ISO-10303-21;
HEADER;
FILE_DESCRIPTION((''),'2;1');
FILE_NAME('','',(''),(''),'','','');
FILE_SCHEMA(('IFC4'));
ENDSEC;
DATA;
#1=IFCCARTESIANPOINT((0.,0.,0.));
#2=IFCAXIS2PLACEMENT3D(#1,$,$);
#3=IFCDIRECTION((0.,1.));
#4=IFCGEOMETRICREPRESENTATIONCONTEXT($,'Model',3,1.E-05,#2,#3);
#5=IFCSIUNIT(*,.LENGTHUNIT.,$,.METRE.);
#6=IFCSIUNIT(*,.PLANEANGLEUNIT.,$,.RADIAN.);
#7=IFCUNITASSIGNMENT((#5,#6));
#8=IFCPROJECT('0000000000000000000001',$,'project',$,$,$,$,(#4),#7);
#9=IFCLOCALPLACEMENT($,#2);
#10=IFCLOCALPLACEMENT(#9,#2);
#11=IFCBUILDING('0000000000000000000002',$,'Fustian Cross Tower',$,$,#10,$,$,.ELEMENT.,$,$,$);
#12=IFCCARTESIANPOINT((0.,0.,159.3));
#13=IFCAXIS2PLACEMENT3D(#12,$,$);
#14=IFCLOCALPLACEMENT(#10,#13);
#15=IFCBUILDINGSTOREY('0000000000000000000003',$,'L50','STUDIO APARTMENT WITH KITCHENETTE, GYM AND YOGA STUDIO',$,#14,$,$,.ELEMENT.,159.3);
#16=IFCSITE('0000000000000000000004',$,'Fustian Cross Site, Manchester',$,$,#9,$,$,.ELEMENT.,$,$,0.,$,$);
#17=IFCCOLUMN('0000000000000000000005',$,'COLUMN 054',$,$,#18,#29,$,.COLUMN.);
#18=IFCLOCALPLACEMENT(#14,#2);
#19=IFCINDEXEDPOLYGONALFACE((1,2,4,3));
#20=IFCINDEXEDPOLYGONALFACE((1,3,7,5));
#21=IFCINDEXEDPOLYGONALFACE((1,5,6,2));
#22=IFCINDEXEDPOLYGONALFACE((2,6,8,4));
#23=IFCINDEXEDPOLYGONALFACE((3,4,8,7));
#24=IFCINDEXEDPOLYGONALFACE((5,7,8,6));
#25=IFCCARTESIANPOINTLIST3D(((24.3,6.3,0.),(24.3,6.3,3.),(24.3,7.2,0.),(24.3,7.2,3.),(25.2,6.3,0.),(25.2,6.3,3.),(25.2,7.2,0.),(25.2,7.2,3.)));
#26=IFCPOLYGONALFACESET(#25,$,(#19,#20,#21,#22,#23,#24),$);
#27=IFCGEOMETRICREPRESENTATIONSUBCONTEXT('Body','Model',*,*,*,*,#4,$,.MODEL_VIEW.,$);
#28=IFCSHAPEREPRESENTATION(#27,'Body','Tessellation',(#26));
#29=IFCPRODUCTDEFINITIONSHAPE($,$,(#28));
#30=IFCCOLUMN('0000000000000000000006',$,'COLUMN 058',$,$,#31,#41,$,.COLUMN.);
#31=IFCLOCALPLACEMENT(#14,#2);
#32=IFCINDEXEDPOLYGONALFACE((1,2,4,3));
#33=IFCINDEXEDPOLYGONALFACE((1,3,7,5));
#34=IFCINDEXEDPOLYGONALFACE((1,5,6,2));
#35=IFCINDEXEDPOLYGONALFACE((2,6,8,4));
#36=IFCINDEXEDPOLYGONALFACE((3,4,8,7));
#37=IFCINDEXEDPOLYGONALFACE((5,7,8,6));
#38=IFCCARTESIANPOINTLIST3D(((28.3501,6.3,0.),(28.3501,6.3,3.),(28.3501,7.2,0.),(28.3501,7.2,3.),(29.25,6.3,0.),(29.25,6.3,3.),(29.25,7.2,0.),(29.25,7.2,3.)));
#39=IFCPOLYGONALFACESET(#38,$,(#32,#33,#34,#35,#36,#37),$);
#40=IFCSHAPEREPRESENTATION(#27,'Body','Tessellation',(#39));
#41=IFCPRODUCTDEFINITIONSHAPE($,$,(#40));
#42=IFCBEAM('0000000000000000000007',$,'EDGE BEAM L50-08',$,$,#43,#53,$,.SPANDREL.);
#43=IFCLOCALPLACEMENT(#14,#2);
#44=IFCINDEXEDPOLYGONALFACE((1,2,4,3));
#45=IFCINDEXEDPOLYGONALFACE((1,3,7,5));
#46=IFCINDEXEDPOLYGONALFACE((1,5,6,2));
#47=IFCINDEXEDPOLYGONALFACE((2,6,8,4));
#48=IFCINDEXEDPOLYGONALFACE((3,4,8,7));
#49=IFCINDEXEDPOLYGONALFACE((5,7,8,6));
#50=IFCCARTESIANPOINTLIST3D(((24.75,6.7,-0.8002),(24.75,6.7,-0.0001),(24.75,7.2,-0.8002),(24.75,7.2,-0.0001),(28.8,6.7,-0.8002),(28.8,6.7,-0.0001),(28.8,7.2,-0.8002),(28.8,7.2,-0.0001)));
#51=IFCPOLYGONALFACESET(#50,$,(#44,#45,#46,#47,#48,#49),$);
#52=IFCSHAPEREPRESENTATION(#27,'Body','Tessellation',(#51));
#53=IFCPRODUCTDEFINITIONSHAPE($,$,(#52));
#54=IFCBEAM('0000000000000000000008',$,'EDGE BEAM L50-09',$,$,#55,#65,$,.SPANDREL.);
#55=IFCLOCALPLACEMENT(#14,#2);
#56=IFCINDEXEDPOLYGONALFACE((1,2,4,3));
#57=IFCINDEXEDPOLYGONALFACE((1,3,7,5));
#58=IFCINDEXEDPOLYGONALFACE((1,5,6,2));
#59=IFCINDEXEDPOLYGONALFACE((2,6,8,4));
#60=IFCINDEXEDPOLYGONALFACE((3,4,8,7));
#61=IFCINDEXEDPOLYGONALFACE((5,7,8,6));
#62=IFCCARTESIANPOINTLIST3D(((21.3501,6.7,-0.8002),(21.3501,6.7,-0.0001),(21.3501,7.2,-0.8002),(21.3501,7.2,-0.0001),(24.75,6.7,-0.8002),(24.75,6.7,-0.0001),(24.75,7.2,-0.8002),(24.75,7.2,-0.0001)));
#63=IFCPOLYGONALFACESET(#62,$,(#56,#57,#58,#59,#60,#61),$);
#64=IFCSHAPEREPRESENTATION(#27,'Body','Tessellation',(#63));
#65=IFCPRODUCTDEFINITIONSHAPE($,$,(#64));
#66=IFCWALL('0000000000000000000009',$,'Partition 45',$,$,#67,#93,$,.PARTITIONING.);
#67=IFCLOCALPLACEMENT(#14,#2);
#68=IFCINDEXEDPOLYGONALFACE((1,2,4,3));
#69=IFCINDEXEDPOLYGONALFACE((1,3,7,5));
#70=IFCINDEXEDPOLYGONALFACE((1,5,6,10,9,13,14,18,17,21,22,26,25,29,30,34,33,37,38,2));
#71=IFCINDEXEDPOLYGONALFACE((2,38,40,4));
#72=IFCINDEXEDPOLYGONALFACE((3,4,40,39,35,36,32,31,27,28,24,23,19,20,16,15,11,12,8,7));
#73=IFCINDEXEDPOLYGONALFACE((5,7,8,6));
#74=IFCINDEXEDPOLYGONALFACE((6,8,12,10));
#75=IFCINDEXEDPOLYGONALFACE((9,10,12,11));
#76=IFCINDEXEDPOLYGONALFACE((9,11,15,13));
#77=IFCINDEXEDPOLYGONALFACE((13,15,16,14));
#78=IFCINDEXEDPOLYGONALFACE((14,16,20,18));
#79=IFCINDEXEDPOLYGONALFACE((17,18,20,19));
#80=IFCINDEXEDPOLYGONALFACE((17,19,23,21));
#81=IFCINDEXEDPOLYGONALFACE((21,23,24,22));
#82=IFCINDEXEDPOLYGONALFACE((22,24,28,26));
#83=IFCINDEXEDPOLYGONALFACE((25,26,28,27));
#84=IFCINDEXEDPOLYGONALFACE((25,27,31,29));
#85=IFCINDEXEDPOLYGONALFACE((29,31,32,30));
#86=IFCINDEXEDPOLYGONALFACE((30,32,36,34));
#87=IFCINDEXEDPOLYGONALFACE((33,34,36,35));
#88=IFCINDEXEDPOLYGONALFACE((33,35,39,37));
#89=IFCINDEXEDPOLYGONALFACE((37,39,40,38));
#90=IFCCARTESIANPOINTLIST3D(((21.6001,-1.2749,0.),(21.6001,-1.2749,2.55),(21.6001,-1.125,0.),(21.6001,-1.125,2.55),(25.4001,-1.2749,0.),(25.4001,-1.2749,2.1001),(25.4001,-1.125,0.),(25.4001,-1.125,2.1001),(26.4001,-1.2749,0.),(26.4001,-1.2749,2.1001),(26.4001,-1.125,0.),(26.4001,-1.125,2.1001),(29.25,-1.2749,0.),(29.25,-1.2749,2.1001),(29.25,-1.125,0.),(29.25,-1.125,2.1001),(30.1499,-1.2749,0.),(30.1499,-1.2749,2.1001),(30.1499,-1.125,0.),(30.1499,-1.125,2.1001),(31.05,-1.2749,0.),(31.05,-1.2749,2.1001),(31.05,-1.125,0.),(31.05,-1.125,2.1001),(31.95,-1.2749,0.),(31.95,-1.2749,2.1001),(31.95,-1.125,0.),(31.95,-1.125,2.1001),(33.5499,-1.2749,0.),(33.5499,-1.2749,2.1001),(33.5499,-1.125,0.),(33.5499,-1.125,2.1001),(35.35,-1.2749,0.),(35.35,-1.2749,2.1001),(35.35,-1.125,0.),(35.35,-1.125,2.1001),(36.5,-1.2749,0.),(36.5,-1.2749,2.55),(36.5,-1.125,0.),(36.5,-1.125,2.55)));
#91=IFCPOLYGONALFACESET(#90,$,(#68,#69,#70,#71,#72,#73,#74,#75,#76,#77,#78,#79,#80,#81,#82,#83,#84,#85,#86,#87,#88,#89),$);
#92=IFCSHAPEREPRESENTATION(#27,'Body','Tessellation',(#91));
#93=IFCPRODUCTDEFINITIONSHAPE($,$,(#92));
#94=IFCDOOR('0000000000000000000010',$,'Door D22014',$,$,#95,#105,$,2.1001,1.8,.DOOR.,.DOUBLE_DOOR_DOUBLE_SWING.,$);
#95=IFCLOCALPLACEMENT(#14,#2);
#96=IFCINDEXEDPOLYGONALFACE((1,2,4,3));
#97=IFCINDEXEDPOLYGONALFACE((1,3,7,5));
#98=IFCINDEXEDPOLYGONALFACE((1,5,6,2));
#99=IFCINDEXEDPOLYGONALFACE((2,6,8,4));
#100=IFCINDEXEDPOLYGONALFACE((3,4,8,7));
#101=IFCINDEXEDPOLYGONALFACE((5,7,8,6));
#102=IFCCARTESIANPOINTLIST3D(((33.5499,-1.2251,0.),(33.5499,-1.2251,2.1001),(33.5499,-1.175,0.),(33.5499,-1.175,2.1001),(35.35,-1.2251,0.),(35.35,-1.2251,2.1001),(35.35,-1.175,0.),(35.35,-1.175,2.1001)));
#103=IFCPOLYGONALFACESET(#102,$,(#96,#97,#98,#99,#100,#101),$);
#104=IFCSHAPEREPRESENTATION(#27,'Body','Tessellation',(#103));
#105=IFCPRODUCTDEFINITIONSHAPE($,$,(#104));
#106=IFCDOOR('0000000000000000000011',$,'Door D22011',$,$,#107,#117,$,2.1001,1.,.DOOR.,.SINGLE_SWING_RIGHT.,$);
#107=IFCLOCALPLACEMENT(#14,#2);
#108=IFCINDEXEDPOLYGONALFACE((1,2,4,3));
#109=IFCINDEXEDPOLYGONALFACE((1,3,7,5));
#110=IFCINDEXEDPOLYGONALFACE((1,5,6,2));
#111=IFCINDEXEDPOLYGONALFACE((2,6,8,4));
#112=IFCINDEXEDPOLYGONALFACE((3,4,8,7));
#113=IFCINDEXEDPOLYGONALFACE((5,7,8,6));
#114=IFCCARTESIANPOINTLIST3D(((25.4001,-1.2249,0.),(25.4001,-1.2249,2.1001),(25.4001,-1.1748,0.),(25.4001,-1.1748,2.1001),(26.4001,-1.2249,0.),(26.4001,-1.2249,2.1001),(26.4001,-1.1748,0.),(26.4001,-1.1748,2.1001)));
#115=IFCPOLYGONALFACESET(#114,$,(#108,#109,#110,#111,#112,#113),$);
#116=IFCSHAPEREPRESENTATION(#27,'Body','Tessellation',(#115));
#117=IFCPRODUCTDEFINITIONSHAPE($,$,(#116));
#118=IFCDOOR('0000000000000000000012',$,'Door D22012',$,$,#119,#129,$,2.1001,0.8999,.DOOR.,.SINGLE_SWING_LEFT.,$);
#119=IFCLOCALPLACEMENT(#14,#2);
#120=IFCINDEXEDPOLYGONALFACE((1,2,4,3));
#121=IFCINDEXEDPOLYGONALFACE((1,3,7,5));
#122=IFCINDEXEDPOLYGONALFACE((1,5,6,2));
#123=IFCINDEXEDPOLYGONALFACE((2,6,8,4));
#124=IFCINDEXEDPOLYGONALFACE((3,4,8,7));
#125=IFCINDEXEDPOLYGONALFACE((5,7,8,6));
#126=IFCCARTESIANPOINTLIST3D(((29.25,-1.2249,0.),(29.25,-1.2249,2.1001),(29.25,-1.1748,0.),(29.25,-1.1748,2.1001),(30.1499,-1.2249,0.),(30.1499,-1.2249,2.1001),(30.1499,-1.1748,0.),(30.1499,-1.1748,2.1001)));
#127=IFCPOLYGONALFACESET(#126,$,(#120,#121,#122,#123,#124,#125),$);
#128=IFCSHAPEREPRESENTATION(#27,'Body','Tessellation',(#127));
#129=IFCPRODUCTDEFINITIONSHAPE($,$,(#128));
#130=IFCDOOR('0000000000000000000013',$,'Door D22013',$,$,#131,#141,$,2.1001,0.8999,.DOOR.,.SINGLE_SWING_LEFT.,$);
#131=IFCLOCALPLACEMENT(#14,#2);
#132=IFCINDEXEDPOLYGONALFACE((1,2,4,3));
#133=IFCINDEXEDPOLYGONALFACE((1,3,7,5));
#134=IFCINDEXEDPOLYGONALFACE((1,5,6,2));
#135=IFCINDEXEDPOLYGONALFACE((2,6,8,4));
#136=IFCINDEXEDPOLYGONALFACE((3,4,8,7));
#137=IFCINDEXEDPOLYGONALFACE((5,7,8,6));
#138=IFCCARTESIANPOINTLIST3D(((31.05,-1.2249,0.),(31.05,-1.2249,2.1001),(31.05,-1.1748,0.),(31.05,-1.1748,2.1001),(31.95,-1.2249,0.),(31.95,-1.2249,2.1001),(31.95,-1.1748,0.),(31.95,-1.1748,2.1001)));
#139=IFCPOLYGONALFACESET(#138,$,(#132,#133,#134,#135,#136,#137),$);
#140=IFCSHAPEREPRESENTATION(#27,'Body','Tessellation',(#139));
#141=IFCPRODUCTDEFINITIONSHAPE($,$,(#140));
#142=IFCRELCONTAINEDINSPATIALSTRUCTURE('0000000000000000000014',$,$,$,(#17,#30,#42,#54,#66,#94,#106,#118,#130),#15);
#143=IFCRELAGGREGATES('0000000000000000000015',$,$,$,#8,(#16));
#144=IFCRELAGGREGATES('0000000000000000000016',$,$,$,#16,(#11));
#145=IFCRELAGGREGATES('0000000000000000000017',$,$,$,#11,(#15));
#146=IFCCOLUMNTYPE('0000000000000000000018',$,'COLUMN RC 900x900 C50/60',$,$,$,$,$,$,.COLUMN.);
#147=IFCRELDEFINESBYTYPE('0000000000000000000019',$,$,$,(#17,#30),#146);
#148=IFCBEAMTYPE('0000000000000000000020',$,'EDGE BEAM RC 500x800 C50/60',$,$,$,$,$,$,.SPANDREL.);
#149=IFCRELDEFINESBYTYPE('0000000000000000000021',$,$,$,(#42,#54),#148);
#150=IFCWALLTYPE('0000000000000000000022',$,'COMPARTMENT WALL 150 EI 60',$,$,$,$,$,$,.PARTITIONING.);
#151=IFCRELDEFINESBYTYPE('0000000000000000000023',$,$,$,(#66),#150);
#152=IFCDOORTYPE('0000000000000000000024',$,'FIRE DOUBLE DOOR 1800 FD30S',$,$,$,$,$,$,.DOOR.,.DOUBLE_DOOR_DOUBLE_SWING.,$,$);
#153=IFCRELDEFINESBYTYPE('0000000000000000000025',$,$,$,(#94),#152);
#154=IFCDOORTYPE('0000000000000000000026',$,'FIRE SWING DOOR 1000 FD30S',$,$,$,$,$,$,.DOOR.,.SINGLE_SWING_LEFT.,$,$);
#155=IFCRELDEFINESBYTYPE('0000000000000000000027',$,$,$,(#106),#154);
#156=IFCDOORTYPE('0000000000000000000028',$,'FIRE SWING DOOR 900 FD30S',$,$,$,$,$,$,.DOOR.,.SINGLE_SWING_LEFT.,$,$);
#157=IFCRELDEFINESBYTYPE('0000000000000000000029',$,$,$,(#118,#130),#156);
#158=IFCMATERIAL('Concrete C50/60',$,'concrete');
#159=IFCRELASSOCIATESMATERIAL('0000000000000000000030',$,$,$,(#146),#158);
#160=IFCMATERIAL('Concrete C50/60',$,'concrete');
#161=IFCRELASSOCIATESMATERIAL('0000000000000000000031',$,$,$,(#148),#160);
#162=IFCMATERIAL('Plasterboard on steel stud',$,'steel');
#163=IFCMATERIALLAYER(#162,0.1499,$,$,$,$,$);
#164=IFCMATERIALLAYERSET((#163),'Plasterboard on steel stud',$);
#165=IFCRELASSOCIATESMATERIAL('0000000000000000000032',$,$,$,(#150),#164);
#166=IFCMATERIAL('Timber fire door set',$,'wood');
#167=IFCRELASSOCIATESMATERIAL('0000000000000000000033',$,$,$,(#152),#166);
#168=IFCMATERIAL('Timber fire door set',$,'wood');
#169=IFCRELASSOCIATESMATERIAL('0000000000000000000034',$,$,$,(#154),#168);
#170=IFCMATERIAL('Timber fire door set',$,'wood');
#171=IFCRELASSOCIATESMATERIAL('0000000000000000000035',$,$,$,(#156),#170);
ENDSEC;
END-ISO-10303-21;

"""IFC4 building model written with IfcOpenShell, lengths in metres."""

from ifc_helpers import new_model, si_unit, direction, frame, frame_2d, origin, origin_2d, place, context, subcontext, project, spatial, rectangle, extrude, material, layer, layer_set, material_profile, profile_set, type_object, element, fill, save


model = new_model("IFC4")

# Units and contexts
model_context = context("Model", 3, precision=1e-05, world=origin(), true_north=direction((0.0, 1.0)))
body_context = subcontext(model_context, "Body", "Model", "MODEL_VIEW")
ifc_project = project(units=[si_unit("LENGTHUNIT", "METRE"), si_unit("PLANEANGLEUNIT", "RADIAN")], contexts=[model_context])

# Site, building, storey
site_placement = place(None, origin())
site = spatial("IfcSite", under=ifc_project, at=site_placement, Name="Fustian Cross Site, Manchester", CompositionType="ELEMENT", RefElevation=0.0)
building_placement = place(site_placement, origin())
building = spatial("IfcBuilding", under=site, at=building_placement, Name="Fustian Cross Tower", CompositionType="ELEMENT")
storey_placement = place(building_placement, frame((0.0, 0.0, 159.3)))
storey = spatial("IfcBuildingStorey", under=building, at=storey_placement, Name="L50", Description="STUDIO APARTMENT WITH KITCHENETTE, GYM AND YOGA STUDIO", CompositionType="ELEMENT", Elevation=159.3)

# Columns
ifc_material_1 = material(Name="Concrete C50/60", Category="concrete")
ifc_material_profile_1 = material_profile(ifc_material_1, rectangle(XDim=0.8999, YDim=0.8999, at=origin_2d()), Name="RC 900x900")
ifc_profile_set_1 = profile_set([ifc_material_profile_1], Name="Concrete C50/60")
column_type = type_object("IfcColumnType", Name="COLUMN RC 900x900 C50/60", PredefinedType="COLUMN", material=ifc_profile_set_1)
for number, where, z_axis, x_axis, name in (
    (1, (24.75, 6.75, 0.0), (0.0, 0.0, 1.0), (1.0, 0.0, 0.0), "COLUMN 054"),
    (2, (28.8, 6.75, 0.0), (0.0, 0.0, 1.0), (1.0, 0.0, 0.0), "COLUMN 058"),
):
    element("IfcColumn", number, at=place(storey_placement, frame(where, z_axis=z_axis, x_axis=x_axis)), inside=storey, type_object=column_type, Name=name, PredefinedType="COLUMN", context=body_context, shape_type="SweptSolid", body=[
        extrude(rectangle(XDim=0.8999, YDim=0.8999, at=origin_2d()), origin(), (0.0, 0.0, 1.0), 3.0),
    ])

# Beams
ifc_material_2 = material(Name="Concrete C50/60", Category="concrete")
ifc_material_profile_2 = material_profile(ifc_material_2, rectangle(XDim=0.5, YDim=0.8, at=origin_2d()), Name="RC 500x800")
ifc_profile_set_2 = profile_set([ifc_material_profile_2], Name="Concrete C50/60")
beam_type = type_object("IfcBeamType", Name="EDGE BEAM RC 500x800 C50/60", PredefinedType="SPANDREL", material=ifc_profile_set_2)
beam_1_placement = place(storey_placement, frame((28.8, 6.95, -0.4001), z_axis=(-1.0, 0.0, 0.0), x_axis=(0.0, -1.0, 0.0)))
element("IfcBeam", 3, at=beam_1_placement, inside=storey, type_object=beam_type, Name="EDGE BEAM L50-08", PredefinedType="SPANDREL", context=body_context, shape_type="SweptSolid", body=[
    extrude(rectangle(XDim=0.5, YDim=0.8, at=origin_2d()), origin(), (0.0, 0.0, 1.0), 4.05),
])
beam_2_placement = place(storey_placement, frame((24.75, 6.95, -0.4001), z_axis=(-1.0, 0.0, 0.0), x_axis=(0.0, -1.0, 0.0)))
element("IfcBeam", 4, at=beam_2_placement, inside=storey, type_object=beam_type, Name="EDGE BEAM L50-09", PredefinedType="SPANDREL", context=body_context, shape_type="SweptSolid", body=[
    extrude(rectangle(XDim=0.5, YDim=0.8, at=origin_2d()), origin(), (0.0, 0.0, 1.0), 3.3999),
])

# Wall, openings, doors
ifc_material_3 = material(Name="Plasterboard on steel stud", Category="steel")
ifc_layer_1 = layer(ifc_material_3, 0.1499)
ifc_layer_set_1 = layer_set([ifc_layer_1], Name="Plasterboard on steel stud")
wall_type_1 = type_object("IfcWallType", Name="COMPARTMENT WALL 150 EI 60", PredefinedType="PARTITIONING", material=ifc_layer_set_1)
wall_1_placement = place(storey_placement, frame((21.6001, -1.2, 0.0), z_axis=(0.0, 0.0, 1.0), x_axis=(1.0, 0.0, 0.0)))
wall_1 = element("IfcWall", 5, at=wall_1_placement, inside=storey, type_object=wall_type_1, Name="Partition 45", PredefinedType="PARTITIONING", context=body_context, shape_type="SweptSolid", body=[
    extrude(rectangle(XDim=14.8999, YDim=0.1499, at=frame_2d((7.45, 0.0))), origin(), (0.0, 0.0, 1.0), 2.55),
])
opening_1_placement = place(wall_1_placement, frame((3.8, 0.0, 0.0)))
opening_1 = element("IfcOpeningElement", 6, at=opening_1_placement, cuts=wall_1, PredefinedType="OPENING", context=body_context, shape_type="SweptSolid", body=[
    extrude(rectangle(XDim=1.0, YDim=2.1001, at=frame_2d((0.5, 1.05))), frame((0.0, 0.085, 0.0), z_axis=(0.0, -1.0, 0.0), x_axis=(1.0, 0.0, 0.0)), (0.0, 0.0, 1.0), 0.1699),
])
opening_2_placement = place(wall_1_placement, frame((7.6499, 0.0, 0.0)))
opening_2 = element("IfcOpeningElement", 7, at=opening_2_placement, cuts=wall_1, PredefinedType="OPENING", context=body_context, shape_type="SweptSolid", body=[
    extrude(rectangle(XDim=0.8999, YDim=2.1001, at=frame_2d((0.45, 1.05))), frame((0.0, 0.085, 0.0), z_axis=(0.0, -1.0, 0.0), x_axis=(1.0, 0.0, 0.0)), (0.0, 0.0, 1.0), 0.1699),
])
opening_3_placement = place(wall_1_placement, frame((9.45, 0.0, 0.0)))
opening_3 = element("IfcOpeningElement", 8, at=opening_3_placement, cuts=wall_1, PredefinedType="OPENING", context=body_context, shape_type="SweptSolid", body=[
    extrude(rectangle(XDim=0.8999, YDim=2.1001, at=frame_2d((0.45, 1.05))), frame((0.0, 0.085, 0.0), z_axis=(0.0, -1.0, 0.0), x_axis=(1.0, 0.0, 0.0)), (0.0, 0.0, 1.0), 0.1699),
])
opening_4_placement = place(wall_1_placement, frame((11.95, 0.0, 0.0)))
opening_4 = element("IfcOpeningElement", 9, at=opening_4_placement, cuts=wall_1, PredefinedType="OPENING", context=body_context, shape_type="SweptSolid", body=[
    extrude(rectangle(XDim=1.8, YDim=2.1001, at=frame_2d((0.8999, 1.05))), frame((0.0, 0.085, 0.0), z_axis=(0.0, -1.0, 0.0), x_axis=(1.0, 0.0, 0.0)), (0.0, 0.0, 1.0), 0.1699),
])
ifc_material_4 = material(Name="Timber fire door set", Category="wood")
door_type_1 = type_object("IfcDoorType", Name="FIRE DOUBLE DOOR 1800 FD30S", OperationType="DOUBLE_DOOR_DOUBLE_SWING", PredefinedType="DOOR", material=ifc_material_4)
door_1_placement = place(opening_4_placement, origin())
door_1 = element("IfcDoor", 10, at=door_1_placement, inside=storey, type_object=door_type_1, Name="Door D22014", OperationType="DOUBLE_DOOR_DOUBLE_SWING", OverallHeight=2.1001, OverallWidth=1.8, PredefinedType="DOOR", context=body_context, shape_type="SweptSolid", body=[
    extrude(rectangle(XDim=1.8, YDim=2.1001, at=frame_2d((0.8999, 1.05))), frame((0.0, 0.0249, 0.0), z_axis=(0.0, -1.0, 0.0), x_axis=(1.0, 0.0, 0.0)), (0.0, 0.0, 1.0), 0.05),
])
fill(opening_4, door_1)
ifc_material_5 = material(Name="Timber fire door set", Category="wood")
door_type_2 = type_object("IfcDoorType", Name="FIRE SWING DOOR 1000 FD30S", OperationType="SINGLE_SWING_LEFT", PredefinedType="DOOR", material=ifc_material_5)
door_2_placement = place(opening_1_placement, frame((1.0, 0.0, 0.0), z_axis=(0.0, 0.0, 1.0), x_axis=(-1.0, 0.0, 0.0)))
door_2 = element("IfcDoor", 11, at=door_2_placement, inside=storey, type_object=door_type_2, Name="Door D22011", OperationType="SINGLE_SWING_RIGHT", OverallHeight=2.1001, OverallWidth=1.0, PredefinedType="DOOR", context=body_context, shape_type="SweptSolid", body=[
    extrude(rectangle(XDim=1.0, YDim=2.1001, at=frame_2d((0.5, 1.05))), frame((0.0, 0.0249, 0.0), z_axis=(0.0, -1.0, 0.0), x_axis=(1.0, 0.0, 0.0)), (0.0, 0.0, 1.0), 0.05),
])
fill(opening_1, door_2)
ifc_material_6 = material(Name="Timber fire door set", Category="wood")
door_type_3 = type_object("IfcDoorType", Name="FIRE SWING DOOR 900 FD30S", OperationType="SINGLE_SWING_LEFT", PredefinedType="DOOR", material=ifc_material_6)
door_3_placement = place(opening_2_placement, frame((0.8999, 0.0, 0.0), z_axis=(0.0, 0.0, 1.0), x_axis=(-1.0, 0.0, 0.0)))
door_3 = element("IfcDoor", 12, at=door_3_placement, inside=storey, type_object=door_type_3, Name="Door D22012", OperationType="SINGLE_SWING_LEFT", OverallHeight=2.1001, OverallWidth=0.8999, PredefinedType="DOOR", context=body_context, shape_type="SweptSolid", body=[
    extrude(rectangle(XDim=0.8999, YDim=2.1001, at=frame_2d((0.45, 1.05))), frame((0.0, 0.0249, 0.0), z_axis=(0.0, -1.0, 0.0), x_axis=(1.0, 0.0, 0.0)), (0.0, 0.0, 1.0), 0.05),
])
fill(opening_2, door_3)
door_4_placement = place(opening_3_placement, frame((0.8999, 0.0, 0.0), z_axis=(0.0, 0.0, 1.0), x_axis=(-1.0, 0.0, 0.0)))
door_4 = element("IfcDoor", 13, at=door_4_placement, inside=storey, type_object=door_type_3, Name="Door D22013", OperationType="SINGLE_SWING_LEFT", OverallHeight=2.1001, OverallWidth=0.8999, PredefinedType="DOOR", context=body_context, shape_type="SweptSolid", body=[
    extrude(rectangle(XDim=0.8999, YDim=2.1001, at=frame_2d((0.45, 1.05))), frame((0.0, 0.0249, 0.0), z_axis=(0.0, -1.0, 0.0), x_axis=(1.0, 0.0, 0.0)), (0.0, 0.0, 1.0), 0.05),
])
fill(opening_3, door_4)

save(model, "model.ifc")
